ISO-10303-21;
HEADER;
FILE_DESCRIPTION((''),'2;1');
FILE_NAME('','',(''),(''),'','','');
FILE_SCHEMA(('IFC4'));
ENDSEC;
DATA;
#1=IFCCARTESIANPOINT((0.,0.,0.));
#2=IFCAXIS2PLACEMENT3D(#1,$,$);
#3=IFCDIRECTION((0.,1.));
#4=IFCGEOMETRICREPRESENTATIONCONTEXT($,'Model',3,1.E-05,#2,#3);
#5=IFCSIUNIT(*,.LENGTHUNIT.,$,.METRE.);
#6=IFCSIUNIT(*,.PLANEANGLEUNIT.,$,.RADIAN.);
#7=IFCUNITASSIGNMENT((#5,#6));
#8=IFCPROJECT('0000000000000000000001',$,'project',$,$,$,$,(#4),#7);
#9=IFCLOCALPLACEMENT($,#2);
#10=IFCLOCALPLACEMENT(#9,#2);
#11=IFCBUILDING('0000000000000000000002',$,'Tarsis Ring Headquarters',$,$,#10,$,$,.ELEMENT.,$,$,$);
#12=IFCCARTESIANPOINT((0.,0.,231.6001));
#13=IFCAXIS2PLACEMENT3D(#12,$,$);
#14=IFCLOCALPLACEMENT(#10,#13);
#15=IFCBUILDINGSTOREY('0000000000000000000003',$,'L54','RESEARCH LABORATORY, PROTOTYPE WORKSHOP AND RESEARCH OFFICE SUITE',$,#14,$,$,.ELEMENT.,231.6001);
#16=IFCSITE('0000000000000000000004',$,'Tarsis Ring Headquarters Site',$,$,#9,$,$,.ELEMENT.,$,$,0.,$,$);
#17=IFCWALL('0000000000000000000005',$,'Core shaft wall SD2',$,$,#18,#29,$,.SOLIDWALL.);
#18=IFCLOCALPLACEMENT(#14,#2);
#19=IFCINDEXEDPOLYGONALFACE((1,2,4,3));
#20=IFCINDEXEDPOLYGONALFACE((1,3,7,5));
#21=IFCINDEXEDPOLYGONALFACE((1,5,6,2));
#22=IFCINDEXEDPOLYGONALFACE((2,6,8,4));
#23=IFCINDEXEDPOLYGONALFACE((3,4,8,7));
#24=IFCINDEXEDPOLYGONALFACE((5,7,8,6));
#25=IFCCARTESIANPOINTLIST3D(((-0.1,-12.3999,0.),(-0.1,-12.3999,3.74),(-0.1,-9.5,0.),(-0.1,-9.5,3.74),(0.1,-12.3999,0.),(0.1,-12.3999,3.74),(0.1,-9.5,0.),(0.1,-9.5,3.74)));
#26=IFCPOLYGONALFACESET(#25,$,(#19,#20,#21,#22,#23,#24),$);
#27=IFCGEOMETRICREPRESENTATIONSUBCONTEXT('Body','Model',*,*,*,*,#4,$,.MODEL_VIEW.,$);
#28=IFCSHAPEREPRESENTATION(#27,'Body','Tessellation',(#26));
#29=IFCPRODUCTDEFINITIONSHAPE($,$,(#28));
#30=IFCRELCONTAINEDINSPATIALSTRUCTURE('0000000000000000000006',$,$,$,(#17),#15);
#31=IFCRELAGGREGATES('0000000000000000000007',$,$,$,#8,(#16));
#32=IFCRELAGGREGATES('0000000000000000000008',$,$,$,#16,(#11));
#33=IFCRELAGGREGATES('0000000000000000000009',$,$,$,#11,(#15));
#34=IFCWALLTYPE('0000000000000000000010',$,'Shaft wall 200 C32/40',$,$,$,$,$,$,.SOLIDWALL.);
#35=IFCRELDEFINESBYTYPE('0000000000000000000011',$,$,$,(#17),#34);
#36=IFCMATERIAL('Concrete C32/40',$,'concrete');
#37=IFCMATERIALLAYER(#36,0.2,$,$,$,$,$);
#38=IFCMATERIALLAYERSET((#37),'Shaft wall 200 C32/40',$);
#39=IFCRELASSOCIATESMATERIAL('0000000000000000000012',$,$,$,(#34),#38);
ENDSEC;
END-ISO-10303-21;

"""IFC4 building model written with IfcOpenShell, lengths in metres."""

from ifc_helpers import new_model, si_unit, direction, frame, frame_2d, origin, place, context, subcontext, project, spatial, rectangle, extrude, material, layer, layer_set, type_object, element, save


model = new_model("IFC4")

# Units and contexts
model_context = context("Model", 3, precision=1e-05, world=origin(), true_north=direction((0.0, 1.0)))
body_context = subcontext(model_context, "Body", "Model", "MODEL_VIEW")
ifc_project = project(units=[si_unit("LENGTHUNIT", "METRE"), si_unit("PLANEANGLEUNIT", "RADIAN")], contexts=[model_context])

# Site, building, storey
site_placement = place(None, origin())
site = spatial("IfcSite", under=ifc_project, at=site_placement, Name="Tarsis Ring Headquarters Site", CompositionType="ELEMENT", RefElevation=0.0)
building_placement = place(site_placement, origin())
building = spatial("IfcBuilding", under=site, at=building_placement, Name="Tarsis Ring Headquarters", CompositionType="ELEMENT")
storey_placement = place(building_placement, frame((0.0, 0.0, 231.6001)))
storey = spatial("IfcBuildingStorey", under=building, at=storey_placement, Name="L54", Description="RESEARCH LABORATORY, PROTOTYPE WORKSHOP AND RESEARCH OFFICE SUITE", CompositionType="ELEMENT", Elevation=231.6001)

# Wall
ifc_material_1 = material(Name="Concrete C32/40", Category="concrete")
ifc_layer_1 = layer(ifc_material_1, 0.2)
ifc_layer_set_1 = layer_set([ifc_layer_1], Name="Shaft wall 200 C32/40")
wall_type_1 = type_object("IfcWallType", Name="Shaft wall 200 C32/40", PredefinedType="SOLIDWALL", material=ifc_layer_set_1)
wall_1_placement = place(storey_placement, frame((0.0, -12.3999, 0.0), z_axis=(0.0, 0.0, 1.0), x_axis=(0.0, 1.0, 0.0)))
element("IfcWall", 1, at=wall_1_placement, inside=storey, type_object=wall_type_1, Name="Core shaft wall SD2", PredefinedType="SOLIDWALL", context=body_context, shape_type="SweptSolid", body=[
    extrude(rectangle(XDim=2.8999, YDim=0.2, at=frame_2d((1.45, 0.0))), origin(), (0.0, 0.0, 1.0), 3.74),
])

save(model, "model.ifc")
